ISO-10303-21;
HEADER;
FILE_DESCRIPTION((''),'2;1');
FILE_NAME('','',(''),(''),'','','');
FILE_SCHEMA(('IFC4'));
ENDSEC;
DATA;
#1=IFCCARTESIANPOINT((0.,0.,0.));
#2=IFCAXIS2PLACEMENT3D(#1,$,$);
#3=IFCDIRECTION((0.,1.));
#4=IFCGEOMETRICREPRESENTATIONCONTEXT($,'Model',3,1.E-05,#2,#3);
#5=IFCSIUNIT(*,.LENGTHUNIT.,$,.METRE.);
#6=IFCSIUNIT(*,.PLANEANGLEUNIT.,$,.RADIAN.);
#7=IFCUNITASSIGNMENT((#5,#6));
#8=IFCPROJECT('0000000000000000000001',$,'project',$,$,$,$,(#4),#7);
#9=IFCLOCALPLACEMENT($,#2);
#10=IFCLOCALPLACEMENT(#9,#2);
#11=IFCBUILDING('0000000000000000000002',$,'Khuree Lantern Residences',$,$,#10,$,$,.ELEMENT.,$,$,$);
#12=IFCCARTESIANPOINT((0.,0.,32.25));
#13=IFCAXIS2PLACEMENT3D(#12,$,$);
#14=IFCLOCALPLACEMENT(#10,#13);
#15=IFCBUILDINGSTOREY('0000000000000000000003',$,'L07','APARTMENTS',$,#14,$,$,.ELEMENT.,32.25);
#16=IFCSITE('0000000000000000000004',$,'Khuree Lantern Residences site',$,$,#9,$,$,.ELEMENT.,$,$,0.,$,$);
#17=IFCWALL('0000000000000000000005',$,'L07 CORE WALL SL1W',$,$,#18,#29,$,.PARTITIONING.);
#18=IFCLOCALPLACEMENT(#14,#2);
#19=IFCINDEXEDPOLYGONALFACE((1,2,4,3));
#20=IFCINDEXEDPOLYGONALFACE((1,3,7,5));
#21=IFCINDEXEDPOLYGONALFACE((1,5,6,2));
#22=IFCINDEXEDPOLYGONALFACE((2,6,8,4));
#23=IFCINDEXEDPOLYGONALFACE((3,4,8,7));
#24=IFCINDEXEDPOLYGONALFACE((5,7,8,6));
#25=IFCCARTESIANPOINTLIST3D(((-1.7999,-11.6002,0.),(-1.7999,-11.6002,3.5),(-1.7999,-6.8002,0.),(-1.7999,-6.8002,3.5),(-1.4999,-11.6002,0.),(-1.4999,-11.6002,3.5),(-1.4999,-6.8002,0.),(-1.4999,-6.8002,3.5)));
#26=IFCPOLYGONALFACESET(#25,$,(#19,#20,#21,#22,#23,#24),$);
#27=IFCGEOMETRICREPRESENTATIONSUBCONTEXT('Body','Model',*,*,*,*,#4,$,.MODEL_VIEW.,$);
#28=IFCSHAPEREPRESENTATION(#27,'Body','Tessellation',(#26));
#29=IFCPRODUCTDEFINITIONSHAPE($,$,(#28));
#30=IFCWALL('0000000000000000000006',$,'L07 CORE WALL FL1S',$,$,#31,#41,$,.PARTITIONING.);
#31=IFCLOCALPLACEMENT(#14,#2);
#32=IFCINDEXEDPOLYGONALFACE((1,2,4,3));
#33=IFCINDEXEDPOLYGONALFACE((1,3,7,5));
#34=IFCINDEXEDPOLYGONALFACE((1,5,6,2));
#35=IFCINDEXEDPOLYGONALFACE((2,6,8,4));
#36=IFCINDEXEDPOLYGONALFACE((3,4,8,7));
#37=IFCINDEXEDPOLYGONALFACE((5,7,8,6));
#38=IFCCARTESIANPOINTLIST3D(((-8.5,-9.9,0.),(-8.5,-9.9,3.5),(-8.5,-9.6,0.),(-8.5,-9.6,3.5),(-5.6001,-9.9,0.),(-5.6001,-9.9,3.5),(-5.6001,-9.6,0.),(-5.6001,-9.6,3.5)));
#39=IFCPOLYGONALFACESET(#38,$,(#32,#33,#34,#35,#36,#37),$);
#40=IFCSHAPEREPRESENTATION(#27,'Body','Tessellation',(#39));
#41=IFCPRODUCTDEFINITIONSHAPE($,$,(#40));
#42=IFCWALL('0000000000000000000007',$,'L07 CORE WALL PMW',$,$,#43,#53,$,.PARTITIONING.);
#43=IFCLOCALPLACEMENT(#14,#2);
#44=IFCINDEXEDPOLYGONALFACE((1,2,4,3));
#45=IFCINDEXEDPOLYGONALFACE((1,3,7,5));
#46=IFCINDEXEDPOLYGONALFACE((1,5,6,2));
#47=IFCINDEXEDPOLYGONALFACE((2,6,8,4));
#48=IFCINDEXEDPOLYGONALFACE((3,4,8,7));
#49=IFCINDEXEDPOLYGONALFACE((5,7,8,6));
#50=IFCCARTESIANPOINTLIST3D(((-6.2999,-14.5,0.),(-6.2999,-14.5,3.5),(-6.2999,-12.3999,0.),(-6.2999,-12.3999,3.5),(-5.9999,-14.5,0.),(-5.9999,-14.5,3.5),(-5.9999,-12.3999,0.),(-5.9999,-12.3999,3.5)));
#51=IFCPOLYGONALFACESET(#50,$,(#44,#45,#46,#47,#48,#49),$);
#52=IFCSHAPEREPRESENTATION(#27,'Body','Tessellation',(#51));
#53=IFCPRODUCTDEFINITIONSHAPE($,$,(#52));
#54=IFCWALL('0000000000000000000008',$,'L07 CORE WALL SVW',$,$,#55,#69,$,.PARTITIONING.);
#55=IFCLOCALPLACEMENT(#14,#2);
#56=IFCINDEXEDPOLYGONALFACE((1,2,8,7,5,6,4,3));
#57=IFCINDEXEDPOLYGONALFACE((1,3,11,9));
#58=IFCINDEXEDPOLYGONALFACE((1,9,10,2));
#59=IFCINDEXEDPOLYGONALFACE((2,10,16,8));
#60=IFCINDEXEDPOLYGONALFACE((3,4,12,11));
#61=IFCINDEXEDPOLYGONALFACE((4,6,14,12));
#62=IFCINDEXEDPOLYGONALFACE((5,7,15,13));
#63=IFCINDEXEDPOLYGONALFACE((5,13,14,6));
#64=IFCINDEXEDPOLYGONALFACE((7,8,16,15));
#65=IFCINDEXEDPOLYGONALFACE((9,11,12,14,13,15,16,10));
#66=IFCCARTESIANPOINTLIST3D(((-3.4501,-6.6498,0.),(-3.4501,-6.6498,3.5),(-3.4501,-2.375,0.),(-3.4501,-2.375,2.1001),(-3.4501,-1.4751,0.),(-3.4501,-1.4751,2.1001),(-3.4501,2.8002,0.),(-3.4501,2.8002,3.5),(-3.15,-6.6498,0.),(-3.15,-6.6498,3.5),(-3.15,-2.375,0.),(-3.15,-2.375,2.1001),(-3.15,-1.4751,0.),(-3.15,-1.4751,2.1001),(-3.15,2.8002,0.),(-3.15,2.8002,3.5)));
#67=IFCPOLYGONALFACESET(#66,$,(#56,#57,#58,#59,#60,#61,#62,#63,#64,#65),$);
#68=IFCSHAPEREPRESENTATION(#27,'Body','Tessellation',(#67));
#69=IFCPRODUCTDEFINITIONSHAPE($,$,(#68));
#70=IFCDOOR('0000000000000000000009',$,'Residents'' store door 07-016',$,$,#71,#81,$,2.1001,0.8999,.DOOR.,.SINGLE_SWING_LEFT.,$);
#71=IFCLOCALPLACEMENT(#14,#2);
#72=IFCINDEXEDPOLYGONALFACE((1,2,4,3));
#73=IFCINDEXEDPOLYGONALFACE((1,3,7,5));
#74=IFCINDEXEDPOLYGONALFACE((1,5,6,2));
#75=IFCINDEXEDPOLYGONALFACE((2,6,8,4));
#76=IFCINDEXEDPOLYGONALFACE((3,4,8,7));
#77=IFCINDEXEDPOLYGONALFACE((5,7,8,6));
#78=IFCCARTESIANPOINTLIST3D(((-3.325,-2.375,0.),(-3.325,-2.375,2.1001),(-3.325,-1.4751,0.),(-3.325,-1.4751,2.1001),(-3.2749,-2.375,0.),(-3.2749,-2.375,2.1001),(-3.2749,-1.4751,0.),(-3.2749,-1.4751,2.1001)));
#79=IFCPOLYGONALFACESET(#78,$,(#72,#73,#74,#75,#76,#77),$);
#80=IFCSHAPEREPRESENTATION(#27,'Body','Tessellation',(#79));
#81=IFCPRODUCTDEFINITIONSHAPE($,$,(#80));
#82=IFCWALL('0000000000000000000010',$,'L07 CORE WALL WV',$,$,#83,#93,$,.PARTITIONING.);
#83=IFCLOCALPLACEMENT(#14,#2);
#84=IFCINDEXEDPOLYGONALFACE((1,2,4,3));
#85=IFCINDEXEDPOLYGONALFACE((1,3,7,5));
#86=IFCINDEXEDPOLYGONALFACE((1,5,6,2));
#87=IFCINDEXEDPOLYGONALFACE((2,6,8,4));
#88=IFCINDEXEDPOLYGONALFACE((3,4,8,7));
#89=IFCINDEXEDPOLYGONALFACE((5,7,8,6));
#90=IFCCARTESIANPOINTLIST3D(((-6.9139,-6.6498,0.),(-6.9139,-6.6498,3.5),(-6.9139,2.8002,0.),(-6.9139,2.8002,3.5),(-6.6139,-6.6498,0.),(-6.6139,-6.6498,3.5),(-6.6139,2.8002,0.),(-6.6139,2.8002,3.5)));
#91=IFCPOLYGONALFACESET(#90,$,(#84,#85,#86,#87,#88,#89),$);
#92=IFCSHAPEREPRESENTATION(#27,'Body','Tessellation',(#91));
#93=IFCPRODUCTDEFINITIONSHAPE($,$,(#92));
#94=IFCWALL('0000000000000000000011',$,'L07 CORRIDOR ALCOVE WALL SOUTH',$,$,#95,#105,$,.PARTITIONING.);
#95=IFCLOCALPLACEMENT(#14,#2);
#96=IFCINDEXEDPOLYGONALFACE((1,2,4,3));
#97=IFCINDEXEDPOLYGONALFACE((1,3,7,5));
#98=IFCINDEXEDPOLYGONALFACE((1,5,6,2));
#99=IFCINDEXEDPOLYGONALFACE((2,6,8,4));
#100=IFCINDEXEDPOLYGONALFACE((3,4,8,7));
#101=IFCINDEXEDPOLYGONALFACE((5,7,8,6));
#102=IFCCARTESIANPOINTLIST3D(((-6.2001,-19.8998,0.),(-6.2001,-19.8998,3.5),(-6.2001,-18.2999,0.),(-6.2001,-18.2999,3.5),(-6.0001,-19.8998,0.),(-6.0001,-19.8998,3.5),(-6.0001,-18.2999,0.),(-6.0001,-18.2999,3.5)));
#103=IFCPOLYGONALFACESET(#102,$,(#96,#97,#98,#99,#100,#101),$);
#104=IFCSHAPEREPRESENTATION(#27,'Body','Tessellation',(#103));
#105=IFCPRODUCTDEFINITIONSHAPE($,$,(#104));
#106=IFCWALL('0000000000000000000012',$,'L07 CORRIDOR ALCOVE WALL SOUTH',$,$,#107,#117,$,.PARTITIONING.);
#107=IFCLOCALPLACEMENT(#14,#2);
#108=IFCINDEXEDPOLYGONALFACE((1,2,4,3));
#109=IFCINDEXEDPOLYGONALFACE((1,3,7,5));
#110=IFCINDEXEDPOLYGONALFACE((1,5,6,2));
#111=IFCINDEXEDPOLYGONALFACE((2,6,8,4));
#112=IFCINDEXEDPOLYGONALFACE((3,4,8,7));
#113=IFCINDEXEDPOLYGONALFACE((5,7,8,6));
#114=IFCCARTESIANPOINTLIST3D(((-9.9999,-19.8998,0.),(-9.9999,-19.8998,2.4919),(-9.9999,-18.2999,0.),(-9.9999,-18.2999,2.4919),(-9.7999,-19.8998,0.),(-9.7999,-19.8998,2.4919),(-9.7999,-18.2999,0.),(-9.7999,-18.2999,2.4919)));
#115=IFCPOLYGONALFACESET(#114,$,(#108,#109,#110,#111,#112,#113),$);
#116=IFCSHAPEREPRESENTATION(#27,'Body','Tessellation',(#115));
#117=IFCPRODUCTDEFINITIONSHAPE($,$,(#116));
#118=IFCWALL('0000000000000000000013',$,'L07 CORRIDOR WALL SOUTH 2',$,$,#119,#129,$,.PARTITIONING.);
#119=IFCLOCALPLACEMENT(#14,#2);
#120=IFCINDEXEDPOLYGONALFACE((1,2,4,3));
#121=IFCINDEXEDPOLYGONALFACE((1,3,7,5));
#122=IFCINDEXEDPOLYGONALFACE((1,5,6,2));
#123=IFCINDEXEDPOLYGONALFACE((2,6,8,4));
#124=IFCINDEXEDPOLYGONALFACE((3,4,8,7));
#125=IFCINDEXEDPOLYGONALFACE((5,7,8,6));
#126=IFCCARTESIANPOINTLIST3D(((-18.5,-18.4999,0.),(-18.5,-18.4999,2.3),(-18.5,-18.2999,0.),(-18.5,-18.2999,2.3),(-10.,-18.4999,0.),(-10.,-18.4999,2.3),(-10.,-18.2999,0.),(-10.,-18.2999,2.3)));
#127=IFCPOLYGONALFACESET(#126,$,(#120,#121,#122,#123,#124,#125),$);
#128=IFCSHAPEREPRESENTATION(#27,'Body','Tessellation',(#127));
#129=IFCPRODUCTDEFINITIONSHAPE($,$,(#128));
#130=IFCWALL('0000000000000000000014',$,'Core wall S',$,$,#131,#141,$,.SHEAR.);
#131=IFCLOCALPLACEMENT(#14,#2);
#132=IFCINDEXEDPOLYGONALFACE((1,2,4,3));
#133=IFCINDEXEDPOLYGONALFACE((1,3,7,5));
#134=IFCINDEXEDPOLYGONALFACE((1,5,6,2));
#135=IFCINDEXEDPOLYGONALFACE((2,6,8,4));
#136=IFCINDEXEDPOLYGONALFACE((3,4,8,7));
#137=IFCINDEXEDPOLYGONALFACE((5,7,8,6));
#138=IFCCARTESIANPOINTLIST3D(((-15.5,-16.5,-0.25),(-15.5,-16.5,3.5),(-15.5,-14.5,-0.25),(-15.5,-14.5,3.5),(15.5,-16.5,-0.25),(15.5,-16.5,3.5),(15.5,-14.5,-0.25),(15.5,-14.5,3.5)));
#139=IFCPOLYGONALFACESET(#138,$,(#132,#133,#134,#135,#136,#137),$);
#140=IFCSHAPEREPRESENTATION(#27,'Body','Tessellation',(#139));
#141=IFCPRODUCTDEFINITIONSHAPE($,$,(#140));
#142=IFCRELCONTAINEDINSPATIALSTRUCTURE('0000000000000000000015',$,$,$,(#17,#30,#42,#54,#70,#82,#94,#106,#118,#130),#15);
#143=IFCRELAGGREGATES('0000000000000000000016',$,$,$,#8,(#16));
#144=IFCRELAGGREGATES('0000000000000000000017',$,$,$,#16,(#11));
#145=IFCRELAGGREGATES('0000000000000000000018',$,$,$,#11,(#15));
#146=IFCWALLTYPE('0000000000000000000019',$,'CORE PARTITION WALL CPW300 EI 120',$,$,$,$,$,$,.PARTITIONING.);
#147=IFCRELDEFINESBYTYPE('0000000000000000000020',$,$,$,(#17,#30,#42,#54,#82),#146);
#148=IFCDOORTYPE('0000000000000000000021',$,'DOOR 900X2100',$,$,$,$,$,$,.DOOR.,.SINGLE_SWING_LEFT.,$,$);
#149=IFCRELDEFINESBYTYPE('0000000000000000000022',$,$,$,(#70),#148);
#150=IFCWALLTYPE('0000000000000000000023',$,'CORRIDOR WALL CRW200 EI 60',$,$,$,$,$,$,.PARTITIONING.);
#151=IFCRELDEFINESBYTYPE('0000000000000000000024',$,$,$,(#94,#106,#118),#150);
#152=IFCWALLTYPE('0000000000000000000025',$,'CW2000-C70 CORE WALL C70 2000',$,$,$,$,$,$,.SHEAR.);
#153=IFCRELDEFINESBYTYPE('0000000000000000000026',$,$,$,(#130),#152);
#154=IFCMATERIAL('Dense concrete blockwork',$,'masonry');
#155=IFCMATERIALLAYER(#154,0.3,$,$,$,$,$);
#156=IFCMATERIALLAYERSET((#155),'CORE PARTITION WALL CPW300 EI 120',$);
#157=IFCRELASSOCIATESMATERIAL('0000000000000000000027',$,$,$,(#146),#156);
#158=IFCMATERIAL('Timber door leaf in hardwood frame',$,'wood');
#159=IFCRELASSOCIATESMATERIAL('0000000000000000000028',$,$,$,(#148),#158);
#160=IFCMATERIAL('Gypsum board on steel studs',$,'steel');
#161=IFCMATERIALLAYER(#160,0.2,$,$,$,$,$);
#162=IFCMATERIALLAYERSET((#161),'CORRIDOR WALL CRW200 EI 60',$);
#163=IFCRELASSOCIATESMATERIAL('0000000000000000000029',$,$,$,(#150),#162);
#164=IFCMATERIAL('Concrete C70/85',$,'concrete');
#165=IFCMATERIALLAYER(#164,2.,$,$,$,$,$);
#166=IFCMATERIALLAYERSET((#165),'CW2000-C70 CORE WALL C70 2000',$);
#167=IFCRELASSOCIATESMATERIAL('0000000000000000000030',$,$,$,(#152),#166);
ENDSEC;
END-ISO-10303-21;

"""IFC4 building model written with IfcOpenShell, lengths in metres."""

from ifc_helpers import new_model, si_unit, direction, frame, frame_2d, origin, place, context, subcontext, project, spatial, rectangle, extrude, material, layer, layer_set, type_object, element, fill, save


model = new_model("IFC4")

# Units and contexts
model_context = context("Model", 3, precision=1e-05, world=origin(), true_north=direction((0.0, 1.0)))
body_context = subcontext(model_context, "Body", "Model", "MODEL_VIEW")
ifc_project = project(units=[si_unit("LENGTHUNIT", "METRE"), si_unit("PLANEANGLEUNIT", "RADIAN")], contexts=[model_context])

# Site, building, storey
site_placement = place(None, origin())
site = spatial("IfcSite", under=ifc_project, at=site_placement, Name="Khuree Lantern Residences site", CompositionType="ELEMENT", RefElevation=0.0)
building_placement = place(site_placement, origin())
building = spatial("IfcBuilding", under=site, at=building_placement, Name="Khuree Lantern Residences", CompositionType="ELEMENT")
storey_placement = place(building_placement, frame((0.0, 0.0, 32.25)))
storey = spatial("IfcBuildingStorey", under=building, at=storey_placement, Name="L07", Description="APARTMENTS", CompositionType="ELEMENT", Elevation=32.25)

# Shared definitions
ifc_material_1 = material(Name="Concrete C70/85", Category="concrete")

# Shared definitions
ifc_material_2 = material(Name="Dense concrete blockwork", Category="masonry")
ifc_layer_1 = layer(ifc_material_2, 0.3)
ifc_layer_set_1 = layer_set([ifc_layer_1], Name="CORE PARTITION WALL CPW300 EI 120")
wall_type_1 = type_object("IfcWallType", Name="CORE PARTITION WALL CPW300 EI 120", PredefinedType="PARTITIONING", material=ifc_layer_set_1)

# Walls
for number, where, z_axis, x_axis, name in (
    (1, (-1.6499, -11.6001, 0.0), (0.0, 0.0, 1.0), (0.0, 1.0, 0.0), "L07 CORE WALL SL1W"),
):
    element("IfcWall", number, at=place(storey_placement, frame(where, z_axis=z_axis, x_axis=x_axis)), inside=storey, type_object=wall_type_1, Name=name, PredefinedType="PARTITIONING", context=body_context, shape_type="SweptSolid", body=[
        extrude(rectangle(XDim=4.8, YDim=0.3, at=frame_2d((2.3999, 0.0))), origin(), (0.0, 0.0, 1.0), 3.5),
    ])
wall_1_placement = place(storey_placement, frame((-8.5, -9.75, 0.0), z_axis=(0.0, 0.0, 1.0), x_axis=(1.0, 0.0, 0.0)))
element("IfcWall", 2, at=wall_1_placement, inside=storey, type_object=wall_type_1, Name="L07 CORE WALL FL1S", PredefinedType="PARTITIONING", context=body_context, shape_type="SweptSolid", body=[
    extrude(rectangle(XDim=2.8999, YDim=0.3, at=frame_2d((1.45, 0.0))), origin(), (0.0, 0.0, 1.0), 3.5),
])
wall_2_placement = place(storey_placement, frame((-6.1499, -14.5, 0.0), z_axis=(0.0, 0.0, 1.0), x_axis=(0.0, 1.0, 0.0)))
element("IfcWall", 3, at=wall_2_placement, inside=storey, type_object=wall_type_1, Name="L07 CORE WALL PMW", PredefinedType="PARTITIONING", context=body_context, shape_type="SweptSolid", body=[
    extrude(rectangle(XDim=2.1001, YDim=0.3, at=frame_2d((1.05, 0.0))), origin(), (0.0, 0.0, 1.0), 3.5),
])

# Wall, opening, door
wall_3_placement = place(storey_placement, frame((-3.3, -6.6499, 0.0), z_axis=(0.0, 0.0, 1.0), x_axis=(0.0, 1.0, 0.0)))
wall_3 = element("IfcWall", 4, at=wall_3_placement, inside=storey, type_object=wall_type_1, Name="L07 CORE WALL SVW", PredefinedType="PARTITIONING", context=body_context, shape_type="SweptSolid", body=[
    extrude(rectangle(XDim=9.45, YDim=0.3, at=frame_2d((4.7251, 0.0))), origin(), (0.0, 0.0, 1.0), 3.5),
])
opening_1_placement = place(wall_3_placement, frame((4.2749, 0.0, 0.0)))
opening_1 = element("IfcOpeningElement", 5, at=opening_1_placement, cuts=wall_3, PredefinedType="OPENING", context=body_context, shape_type="SweptSolid", body=[
    extrude(rectangle(XDim=0.8999, YDim=2.1001, at=frame_2d((0.45, 1.05))), frame((0.0, 0.1602, 0.0), z_axis=(0.0, -1.0, 0.0), x_axis=(1.0, 0.0, 0.0)), (0.0, 0.0, 1.0), 0.3201),
])
ifc_material_3 = material(Name="Timber door leaf in hardwood frame", Category="wood")
door_type_1 = type_object("IfcDoorType", Name="DOOR 900X2100", OperationType="SINGLE_SWING_LEFT", PredefinedType="DOOR", material=ifc_material_3)
door_1_placement = place(opening_1_placement, origin())
door_1 = element("IfcDoor", 6, at=door_1_placement, inside=storey, type_object=door_type_1, Name="Residents' store door 07-016", OperationType="SINGLE_SWING_LEFT", OverallHeight=2.1001, OverallWidth=0.8999, PredefinedType="DOOR", context=body_context, shape_type="SweptSolid", body=[
    extrude(rectangle(XDim=0.8999, YDim=2.1001, at=frame_2d((0.45, 1.05))), frame((0.0, 0.0249, 0.0), z_axis=(0.0, -1.0, 0.0), x_axis=(1.0, 0.0, 0.0)), (0.0, 0.0, 1.0), 0.05),
])
fill(opening_1, door_1)

# Walls
wall_4_placement = place(storey_placement, frame((-6.7639, -6.6499, 0.0), z_axis=(0.0, 0.0, 1.0), x_axis=(0.0, 1.0, 0.0)))
element("IfcWall", 7, at=wall_4_placement, inside=storey, type_object=wall_type_1, Name="L07 CORE WALL WV", PredefinedType="PARTITIONING", context=body_context, shape_type="SweptSolid", body=[
    extrude(rectangle(XDim=9.45, YDim=0.3, at=frame_2d((4.7251, 0.0))), origin(), (0.0, 0.0, 1.0), 3.5),
])
ifc_material_4 = material(Name="Gypsum board on steel studs", Category="steel")
ifc_layer_2 = layer(ifc_material_4, 0.2)
ifc_layer_set_2 = layer_set([ifc_layer_2], Name="CORRIDOR WALL CRW200 EI 60")
wall_type_2 = type_object("IfcWallType", Name="CORRIDOR WALL CRW200 EI 60", PredefinedType="PARTITIONING", material=ifc_layer_set_2)
wall_5_placement = place(storey_placement, frame((-6.1001, -18.3, 0.0), z_axis=(0.0, 0.0, 1.0), x_axis=(0.0, -1.0, 0.0)))
element("IfcWall", 8, at=wall_5_placement, inside=storey, type_object=wall_type_2, Name="L07 CORRIDOR ALCOVE WALL SOUTH", PredefinedType="PARTITIONING", context=body_context, shape_type="SweptSolid", body=[
    extrude(rectangle(XDim=1.5999, YDim=0.2, at=frame_2d((0.7998, 0.0))), origin(), (0.0, 0.0, 1.0), 3.5),
])
wall_6_placement = place(storey_placement, frame((-9.8999, -18.3, 0.0), z_axis=(0.0, 0.0, 1.0), x_axis=(0.0, -1.0, 0.0)))
element("IfcWall", 9, at=wall_6_placement, inside=storey, type_object=wall_type_2, Name="L07 CORRIDOR ALCOVE WALL SOUTH", PredefinedType="PARTITIONING", context=body_context, shape_type="SweptSolid", body=[
    extrude(rectangle(XDim=1.5999, YDim=0.2, at=frame_2d((0.7998, 0.0))), origin(), (0.0, 0.0, 1.0), 2.4919),
])
wall_7_placement = place(storey_placement, frame((-10.0, -18.3999, 0.0), z_axis=(0.0, 0.0, 1.0), x_axis=(-1.0, 0.0, 0.0)))
element("IfcWall", 10, at=wall_7_placement, inside=storey, type_object=wall_type_2, Name="L07 CORRIDOR WALL SOUTH 2", PredefinedType="PARTITIONING", context=body_context, shape_type="SweptSolid", body=[
    extrude(rectangle(XDim=8.5, YDim=0.2, at=frame_2d((4.25, 0.0))), origin(), (0.0, 0.0, 1.0), 2.3),
])
ifc_layer_3 = layer(ifc_material_1, 2.0)
ifc_layer_set_3 = layer_set([ifc_layer_3], Name="CW2000-C70 CORE WALL C70 2000")
wall_type_3 = type_object("IfcWallType", Name="CW2000-C70 CORE WALL C70 2000", PredefinedType="SHEAR", material=ifc_layer_set_3)
wall_8_placement = place(storey_placement, frame((-15.5, -15.5, -0.25), z_axis=(0.0, 0.0, 1.0), x_axis=(1.0, 0.0, 0.0)))
element("IfcWall", 11, at=wall_8_placement, inside=storey, type_object=wall_type_3, Name="Core wall S", PredefinedType="SHEAR", context=body_context, shape_type="SweptSolid", body=[
    extrude(rectangle(XDim=31.0, YDim=2.0, at=frame_2d((15.5, 0.0))), origin(), (0.0, 0.0, 1.0), 3.75),
])

save(model, "model.ifc")
